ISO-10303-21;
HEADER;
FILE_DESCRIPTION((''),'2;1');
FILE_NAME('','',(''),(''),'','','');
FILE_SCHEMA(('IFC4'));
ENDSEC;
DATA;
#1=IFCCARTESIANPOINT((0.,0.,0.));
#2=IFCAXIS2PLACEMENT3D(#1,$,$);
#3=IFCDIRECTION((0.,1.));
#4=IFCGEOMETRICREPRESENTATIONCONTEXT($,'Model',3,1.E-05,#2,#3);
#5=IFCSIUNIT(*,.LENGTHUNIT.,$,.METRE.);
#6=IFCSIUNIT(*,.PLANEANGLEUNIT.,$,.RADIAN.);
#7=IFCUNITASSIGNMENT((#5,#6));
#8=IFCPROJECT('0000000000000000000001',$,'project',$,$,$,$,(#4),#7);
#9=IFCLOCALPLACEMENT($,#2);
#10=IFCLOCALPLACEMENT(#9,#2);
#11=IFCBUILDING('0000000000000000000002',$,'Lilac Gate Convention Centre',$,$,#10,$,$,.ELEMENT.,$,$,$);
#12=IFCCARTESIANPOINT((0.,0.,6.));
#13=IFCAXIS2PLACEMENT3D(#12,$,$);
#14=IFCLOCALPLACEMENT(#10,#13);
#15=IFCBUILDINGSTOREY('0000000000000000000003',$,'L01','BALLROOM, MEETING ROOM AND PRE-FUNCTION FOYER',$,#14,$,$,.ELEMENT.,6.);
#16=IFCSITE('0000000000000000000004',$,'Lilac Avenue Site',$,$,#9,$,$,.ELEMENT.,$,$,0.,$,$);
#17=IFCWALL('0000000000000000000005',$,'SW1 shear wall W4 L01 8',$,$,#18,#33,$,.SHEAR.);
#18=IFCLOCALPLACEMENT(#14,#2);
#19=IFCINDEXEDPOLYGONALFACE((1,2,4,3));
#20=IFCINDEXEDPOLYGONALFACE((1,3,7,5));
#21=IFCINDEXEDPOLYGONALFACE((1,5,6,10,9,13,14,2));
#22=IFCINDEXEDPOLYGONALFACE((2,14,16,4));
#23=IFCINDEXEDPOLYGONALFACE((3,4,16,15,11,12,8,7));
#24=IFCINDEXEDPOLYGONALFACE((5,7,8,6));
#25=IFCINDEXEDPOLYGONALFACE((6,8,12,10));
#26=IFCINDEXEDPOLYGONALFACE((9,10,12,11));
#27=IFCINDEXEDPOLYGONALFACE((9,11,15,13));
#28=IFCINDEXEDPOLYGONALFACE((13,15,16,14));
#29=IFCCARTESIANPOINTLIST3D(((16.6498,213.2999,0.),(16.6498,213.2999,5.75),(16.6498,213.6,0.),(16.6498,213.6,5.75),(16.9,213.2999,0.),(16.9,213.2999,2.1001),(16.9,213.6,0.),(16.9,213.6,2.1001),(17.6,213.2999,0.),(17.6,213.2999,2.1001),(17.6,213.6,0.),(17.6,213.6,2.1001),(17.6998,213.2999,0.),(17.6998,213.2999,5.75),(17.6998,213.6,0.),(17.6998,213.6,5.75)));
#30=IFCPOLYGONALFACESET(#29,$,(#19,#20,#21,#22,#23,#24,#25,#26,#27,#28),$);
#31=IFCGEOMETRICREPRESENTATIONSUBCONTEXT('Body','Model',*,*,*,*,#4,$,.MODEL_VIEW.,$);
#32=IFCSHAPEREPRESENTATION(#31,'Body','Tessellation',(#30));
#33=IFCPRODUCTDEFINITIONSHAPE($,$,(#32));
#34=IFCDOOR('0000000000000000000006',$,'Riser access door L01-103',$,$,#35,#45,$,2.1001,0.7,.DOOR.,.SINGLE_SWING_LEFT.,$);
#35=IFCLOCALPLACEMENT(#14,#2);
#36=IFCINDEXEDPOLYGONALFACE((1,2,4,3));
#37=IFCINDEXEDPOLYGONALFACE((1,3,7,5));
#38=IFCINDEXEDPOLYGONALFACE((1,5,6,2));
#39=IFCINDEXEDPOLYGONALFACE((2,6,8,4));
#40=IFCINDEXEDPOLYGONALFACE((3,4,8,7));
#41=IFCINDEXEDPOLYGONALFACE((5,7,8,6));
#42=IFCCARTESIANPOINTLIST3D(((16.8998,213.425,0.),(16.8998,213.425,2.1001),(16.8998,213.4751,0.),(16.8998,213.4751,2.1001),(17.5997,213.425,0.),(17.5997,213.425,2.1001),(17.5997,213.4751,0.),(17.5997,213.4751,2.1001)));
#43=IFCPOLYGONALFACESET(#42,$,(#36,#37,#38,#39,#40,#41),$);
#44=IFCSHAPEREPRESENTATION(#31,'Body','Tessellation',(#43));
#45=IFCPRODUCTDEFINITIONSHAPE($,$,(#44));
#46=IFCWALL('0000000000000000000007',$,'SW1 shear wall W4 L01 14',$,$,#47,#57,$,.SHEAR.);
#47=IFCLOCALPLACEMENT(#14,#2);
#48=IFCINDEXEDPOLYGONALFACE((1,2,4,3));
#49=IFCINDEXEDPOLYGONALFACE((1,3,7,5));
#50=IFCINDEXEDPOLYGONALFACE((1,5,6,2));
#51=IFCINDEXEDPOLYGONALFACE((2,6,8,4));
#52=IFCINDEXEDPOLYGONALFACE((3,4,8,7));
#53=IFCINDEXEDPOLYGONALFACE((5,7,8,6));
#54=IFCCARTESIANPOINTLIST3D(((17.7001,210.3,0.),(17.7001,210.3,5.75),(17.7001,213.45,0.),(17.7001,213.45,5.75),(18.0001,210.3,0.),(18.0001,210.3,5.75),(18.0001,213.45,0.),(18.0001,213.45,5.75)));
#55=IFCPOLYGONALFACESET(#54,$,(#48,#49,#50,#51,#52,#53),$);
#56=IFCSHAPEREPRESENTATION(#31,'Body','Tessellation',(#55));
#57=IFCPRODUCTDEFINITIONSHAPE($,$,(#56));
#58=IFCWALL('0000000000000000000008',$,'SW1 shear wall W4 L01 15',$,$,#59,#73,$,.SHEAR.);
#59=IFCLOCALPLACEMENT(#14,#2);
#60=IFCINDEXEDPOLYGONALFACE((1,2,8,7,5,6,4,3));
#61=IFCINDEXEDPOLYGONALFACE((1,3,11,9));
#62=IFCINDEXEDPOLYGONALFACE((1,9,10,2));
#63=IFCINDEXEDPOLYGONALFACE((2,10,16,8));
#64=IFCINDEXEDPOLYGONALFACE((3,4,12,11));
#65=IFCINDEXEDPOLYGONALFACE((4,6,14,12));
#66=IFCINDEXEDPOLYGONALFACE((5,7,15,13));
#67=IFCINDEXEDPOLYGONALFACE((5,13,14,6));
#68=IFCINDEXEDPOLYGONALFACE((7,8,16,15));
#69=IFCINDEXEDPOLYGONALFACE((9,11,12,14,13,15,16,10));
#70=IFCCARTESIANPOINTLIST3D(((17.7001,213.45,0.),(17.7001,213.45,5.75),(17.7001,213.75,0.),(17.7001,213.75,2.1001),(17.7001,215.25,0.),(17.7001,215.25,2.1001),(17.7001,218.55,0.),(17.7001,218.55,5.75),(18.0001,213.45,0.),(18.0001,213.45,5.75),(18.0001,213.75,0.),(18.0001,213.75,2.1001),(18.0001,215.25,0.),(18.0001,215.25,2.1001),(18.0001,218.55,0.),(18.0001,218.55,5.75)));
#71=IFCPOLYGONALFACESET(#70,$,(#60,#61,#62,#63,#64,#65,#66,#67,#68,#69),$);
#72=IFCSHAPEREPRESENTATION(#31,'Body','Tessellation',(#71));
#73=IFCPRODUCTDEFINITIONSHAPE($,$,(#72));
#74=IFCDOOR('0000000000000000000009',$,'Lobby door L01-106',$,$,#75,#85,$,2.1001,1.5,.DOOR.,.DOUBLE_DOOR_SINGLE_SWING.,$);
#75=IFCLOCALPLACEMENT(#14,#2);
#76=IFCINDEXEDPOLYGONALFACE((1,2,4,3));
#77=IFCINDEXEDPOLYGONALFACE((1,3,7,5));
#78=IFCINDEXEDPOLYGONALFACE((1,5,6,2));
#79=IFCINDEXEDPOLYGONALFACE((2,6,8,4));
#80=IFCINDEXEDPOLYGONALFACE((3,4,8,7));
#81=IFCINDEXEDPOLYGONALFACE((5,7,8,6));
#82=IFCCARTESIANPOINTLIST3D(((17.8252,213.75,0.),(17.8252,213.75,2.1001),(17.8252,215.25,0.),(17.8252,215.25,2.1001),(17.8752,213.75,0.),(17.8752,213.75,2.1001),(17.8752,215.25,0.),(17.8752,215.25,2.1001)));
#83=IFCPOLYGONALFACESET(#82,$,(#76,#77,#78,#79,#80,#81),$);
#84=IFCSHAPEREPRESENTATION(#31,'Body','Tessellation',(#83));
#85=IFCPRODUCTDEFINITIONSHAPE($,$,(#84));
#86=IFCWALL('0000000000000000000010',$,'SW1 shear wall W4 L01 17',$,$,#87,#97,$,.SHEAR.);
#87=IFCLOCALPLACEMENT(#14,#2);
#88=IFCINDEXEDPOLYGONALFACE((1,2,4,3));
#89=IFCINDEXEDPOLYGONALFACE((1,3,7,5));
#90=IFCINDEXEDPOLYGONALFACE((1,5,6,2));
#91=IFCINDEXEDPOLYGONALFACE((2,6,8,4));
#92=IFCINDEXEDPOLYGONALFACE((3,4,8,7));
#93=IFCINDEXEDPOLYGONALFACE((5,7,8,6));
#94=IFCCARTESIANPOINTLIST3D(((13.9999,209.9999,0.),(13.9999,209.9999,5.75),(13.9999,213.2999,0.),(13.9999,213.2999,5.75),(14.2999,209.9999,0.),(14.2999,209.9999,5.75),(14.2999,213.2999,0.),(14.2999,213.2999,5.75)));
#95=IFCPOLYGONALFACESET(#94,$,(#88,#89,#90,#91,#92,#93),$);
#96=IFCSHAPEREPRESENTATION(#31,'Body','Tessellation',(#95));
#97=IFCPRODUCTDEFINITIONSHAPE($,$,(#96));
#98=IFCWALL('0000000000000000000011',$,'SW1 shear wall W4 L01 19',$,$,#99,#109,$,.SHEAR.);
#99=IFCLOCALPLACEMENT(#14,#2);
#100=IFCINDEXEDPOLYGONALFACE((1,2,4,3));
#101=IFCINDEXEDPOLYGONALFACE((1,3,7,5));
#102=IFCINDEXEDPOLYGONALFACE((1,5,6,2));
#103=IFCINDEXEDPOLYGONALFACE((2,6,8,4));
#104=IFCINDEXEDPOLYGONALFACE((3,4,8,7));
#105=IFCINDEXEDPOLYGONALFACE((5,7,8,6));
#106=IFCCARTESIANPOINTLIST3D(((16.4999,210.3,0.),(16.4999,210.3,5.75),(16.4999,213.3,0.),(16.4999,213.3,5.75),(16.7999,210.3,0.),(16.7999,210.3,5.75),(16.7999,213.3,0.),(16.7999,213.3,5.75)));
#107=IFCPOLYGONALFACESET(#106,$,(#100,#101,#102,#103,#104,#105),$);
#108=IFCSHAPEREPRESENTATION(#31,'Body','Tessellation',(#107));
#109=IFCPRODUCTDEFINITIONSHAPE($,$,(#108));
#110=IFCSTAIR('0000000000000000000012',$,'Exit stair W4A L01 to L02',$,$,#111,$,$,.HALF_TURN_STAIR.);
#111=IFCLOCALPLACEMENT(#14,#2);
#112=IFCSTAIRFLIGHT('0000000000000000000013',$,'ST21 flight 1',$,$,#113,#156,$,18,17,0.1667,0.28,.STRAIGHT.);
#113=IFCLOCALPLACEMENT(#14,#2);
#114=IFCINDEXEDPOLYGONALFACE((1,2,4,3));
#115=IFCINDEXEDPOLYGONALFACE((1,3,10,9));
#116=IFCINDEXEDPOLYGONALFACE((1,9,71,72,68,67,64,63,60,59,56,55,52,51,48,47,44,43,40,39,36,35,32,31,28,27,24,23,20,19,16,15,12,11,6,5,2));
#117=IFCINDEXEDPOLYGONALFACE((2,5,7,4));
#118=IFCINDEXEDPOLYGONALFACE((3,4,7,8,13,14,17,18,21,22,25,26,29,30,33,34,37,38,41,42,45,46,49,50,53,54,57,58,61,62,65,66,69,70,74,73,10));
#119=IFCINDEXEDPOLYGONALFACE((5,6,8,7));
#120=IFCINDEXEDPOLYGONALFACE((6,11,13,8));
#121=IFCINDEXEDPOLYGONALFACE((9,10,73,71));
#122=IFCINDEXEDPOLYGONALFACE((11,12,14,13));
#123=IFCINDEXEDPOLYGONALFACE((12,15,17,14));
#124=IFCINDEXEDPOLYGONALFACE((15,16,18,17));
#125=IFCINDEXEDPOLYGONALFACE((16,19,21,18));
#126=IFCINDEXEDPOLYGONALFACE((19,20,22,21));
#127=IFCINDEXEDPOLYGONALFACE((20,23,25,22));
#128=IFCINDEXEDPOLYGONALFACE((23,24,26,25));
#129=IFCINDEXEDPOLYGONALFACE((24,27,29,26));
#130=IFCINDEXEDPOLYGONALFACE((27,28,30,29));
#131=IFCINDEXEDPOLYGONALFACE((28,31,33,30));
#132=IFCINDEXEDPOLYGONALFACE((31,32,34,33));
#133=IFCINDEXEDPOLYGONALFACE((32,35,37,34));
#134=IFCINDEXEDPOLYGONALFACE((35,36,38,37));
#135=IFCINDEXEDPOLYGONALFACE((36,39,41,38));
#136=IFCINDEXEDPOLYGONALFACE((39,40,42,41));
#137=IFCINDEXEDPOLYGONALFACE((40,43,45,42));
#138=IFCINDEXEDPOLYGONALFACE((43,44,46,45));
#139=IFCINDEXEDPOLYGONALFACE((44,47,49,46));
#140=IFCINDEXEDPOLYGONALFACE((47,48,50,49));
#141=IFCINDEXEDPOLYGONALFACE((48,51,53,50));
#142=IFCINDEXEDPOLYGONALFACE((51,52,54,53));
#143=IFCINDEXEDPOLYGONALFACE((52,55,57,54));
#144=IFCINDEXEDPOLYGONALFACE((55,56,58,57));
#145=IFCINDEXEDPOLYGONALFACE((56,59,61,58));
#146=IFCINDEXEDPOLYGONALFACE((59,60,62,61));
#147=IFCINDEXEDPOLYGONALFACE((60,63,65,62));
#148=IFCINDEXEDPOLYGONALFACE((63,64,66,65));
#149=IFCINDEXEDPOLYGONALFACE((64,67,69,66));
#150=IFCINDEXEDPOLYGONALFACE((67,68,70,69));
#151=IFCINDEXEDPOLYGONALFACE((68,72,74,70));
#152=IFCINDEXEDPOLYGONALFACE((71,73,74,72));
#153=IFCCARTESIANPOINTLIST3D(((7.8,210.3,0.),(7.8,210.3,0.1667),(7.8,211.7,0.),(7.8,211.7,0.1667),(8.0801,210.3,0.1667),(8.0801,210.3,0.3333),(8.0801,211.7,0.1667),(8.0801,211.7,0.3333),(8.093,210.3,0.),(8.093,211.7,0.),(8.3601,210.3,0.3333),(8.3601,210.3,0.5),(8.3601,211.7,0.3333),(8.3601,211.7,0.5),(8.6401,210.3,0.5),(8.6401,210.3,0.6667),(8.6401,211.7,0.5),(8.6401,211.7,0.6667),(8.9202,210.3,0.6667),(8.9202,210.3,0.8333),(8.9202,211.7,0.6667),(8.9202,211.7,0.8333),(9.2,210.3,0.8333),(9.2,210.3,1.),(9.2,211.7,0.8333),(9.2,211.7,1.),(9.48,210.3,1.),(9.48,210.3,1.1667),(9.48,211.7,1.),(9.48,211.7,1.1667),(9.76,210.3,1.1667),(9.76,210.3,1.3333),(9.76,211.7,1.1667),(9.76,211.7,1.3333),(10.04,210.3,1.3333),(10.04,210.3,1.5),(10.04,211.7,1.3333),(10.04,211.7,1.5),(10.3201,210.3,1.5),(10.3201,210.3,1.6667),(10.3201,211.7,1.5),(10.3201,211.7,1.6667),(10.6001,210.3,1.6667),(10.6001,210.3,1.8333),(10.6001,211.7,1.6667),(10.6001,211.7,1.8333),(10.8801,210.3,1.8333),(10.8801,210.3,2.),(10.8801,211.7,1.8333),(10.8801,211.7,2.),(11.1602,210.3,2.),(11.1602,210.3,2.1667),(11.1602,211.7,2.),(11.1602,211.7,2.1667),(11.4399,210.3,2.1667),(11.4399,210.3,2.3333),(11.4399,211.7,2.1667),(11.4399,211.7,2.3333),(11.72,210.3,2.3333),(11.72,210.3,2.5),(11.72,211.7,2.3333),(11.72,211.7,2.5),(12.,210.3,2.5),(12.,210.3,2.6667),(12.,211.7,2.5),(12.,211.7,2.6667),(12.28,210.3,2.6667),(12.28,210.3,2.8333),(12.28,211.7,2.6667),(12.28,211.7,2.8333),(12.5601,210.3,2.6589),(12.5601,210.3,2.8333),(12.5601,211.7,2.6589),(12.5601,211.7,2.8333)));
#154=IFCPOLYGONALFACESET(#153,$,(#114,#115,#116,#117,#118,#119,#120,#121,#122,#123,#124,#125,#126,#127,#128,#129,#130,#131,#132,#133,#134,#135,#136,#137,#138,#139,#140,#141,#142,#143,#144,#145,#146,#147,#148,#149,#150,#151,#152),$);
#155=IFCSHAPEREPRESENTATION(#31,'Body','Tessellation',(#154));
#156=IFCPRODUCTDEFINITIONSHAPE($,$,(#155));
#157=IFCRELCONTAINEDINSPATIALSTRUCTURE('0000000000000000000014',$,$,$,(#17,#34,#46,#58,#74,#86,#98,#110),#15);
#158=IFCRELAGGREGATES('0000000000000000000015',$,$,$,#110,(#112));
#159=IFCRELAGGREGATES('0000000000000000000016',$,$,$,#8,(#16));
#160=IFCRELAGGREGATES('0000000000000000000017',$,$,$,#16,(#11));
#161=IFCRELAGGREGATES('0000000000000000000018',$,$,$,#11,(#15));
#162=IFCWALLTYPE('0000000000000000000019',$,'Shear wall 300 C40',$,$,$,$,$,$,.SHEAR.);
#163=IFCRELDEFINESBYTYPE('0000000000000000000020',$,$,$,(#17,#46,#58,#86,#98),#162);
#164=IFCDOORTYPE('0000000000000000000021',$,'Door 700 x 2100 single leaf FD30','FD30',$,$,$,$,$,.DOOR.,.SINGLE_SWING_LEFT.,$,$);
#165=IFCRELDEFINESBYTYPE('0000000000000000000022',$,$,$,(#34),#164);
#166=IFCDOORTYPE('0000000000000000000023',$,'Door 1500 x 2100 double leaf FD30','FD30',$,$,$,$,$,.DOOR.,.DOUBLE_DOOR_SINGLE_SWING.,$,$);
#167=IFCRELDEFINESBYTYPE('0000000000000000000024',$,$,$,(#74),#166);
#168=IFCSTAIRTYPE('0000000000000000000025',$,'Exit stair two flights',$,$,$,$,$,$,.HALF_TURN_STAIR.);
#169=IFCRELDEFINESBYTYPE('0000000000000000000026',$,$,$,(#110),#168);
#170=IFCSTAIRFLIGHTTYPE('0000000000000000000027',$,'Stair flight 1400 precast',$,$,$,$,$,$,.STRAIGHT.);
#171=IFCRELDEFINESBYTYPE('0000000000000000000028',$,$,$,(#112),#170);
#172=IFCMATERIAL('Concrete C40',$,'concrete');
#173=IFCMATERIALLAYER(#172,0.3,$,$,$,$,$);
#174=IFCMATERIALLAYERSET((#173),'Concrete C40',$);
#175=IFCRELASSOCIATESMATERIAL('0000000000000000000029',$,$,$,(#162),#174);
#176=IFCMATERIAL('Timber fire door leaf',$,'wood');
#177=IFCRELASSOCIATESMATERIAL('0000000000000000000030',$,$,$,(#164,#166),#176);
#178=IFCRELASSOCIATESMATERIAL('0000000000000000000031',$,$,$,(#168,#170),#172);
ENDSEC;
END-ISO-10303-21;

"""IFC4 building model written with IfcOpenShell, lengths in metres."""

from ifc_helpers import new_model, si_unit, direction, frame, frame_2d, origin, place, context, subcontext, project, spatial, polyline, rectangle, outline, extrude, material, layer, layer_set, type_object, element, fill, aggregate, save


model = new_model("IFC4")

# Units and contexts
model_context = context("Model", 3, precision=1e-05, world=origin(), true_north=direction((0.0, 1.0)))
body_context = subcontext(model_context, "Body", "Model", "MODEL_VIEW")
ifc_project = project(units=[si_unit("LENGTHUNIT", "METRE"), si_unit("PLANEANGLEUNIT", "RADIAN")], contexts=[model_context])

# Site, building, storey
site_placement = place(None, origin())
site = spatial("IfcSite", under=ifc_project, at=site_placement, Name="Lilac Avenue Site", CompositionType="ELEMENT", RefElevation=0.0)
building_placement = place(site_placement, origin())
building = spatial("IfcBuilding", under=site, at=building_placement, Name="Lilac Gate Convention Centre", CompositionType="ELEMENT")
storey_placement = place(building_placement, frame((0.0, 0.0, 6.0)))
storey = spatial("IfcBuildingStorey", under=building, at=storey_placement, Name="L01", Description="BALLROOM, MEETING ROOM AND PRE-FUNCTION FOYER", CompositionType="ELEMENT", Elevation=6.0)

# Shared definitions
ifc_material_1 = material(Name="Timber fire door leaf", Category="wood")

# Shared definitions
ifc_material_2 = material(Name="Concrete C40", Category="concrete")
ifc_layer_1 = layer(ifc_material_2, 0.3)
ifc_layer_set_1 = layer_set([ifc_layer_1], Name="Concrete C40")
wall_type_1 = type_object("IfcWallType", Name="Shear wall 300 C40", PredefinedType="SHEAR", material=ifc_layer_set_1)

# Wall, opening, door
wall_1_placement = place(storey_placement, frame((16.6499, 213.45, 0.0), z_axis=(0.0, 0.0, 1.0), x_axis=(1.0, 0.0, 0.0)))
wall_1 = element("IfcWall", 1, at=wall_1_placement, inside=storey, type_object=wall_type_1, Name="SW1 shear wall W4 L01 8", PredefinedType="SHEAR", context=body_context, shape_type="SweptSolid", body=[
    extrude(rectangle(XDim=1.05, YDim=0.3, at=frame_2d((0.5249, 0.0))), origin(), (0.0, 0.0, 1.0), 5.75),
])
opening_1_placement = place(wall_1_placement, frame((0.25, 0.0, 0.0)))
opening_1 = element("IfcOpeningElement", 2, at=opening_1_placement, cuts=wall_1, PredefinedType="OPENING", context=body_context, shape_type="SweptSolid", body=[
    extrude(rectangle(XDim=0.7, YDim=2.1001, at=frame_2d((0.3501, 1.05))), frame((0.0, 0.1599, 0.0), z_axis=(0.0, -1.0, 0.0), x_axis=(1.0, 0.0, 0.0)), (0.0, 0.0, 1.0), 0.3201),
])
door_type_1 = type_object("IfcDoorType", Name="Door 700 x 2100 single leaf FD30", Description="FD30", OperationType="SINGLE_SWING_LEFT", PredefinedType="DOOR", material=ifc_material_1)
door_1_placement = place(opening_1_placement, frame((0.7, 0.0, 0.0), z_axis=(0.0, 0.0, 1.0), x_axis=(-1.0, 0.0, 0.0)))
door_1 = element("IfcDoor", 3, at=door_1_placement, inside=storey, type_object=door_type_1, Name="Riser access door L01-103", OperationType="SINGLE_SWING_LEFT", OverallHeight=2.1001, OverallWidth=0.7, PredefinedType="DOOR", context=body_context, shape_type="SweptSolid", body=[
    extrude(rectangle(XDim=0.7, YDim=2.1001, at=frame_2d((0.3501, 1.05))), frame((0.0, 0.0249, 0.0), z_axis=(0.0, -1.0, 0.0), x_axis=(1.0, 0.0, 0.0)), (0.0, 0.0, 1.0), 0.05),
])
fill(opening_1, door_1)

# Wall
wall_2_placement = place(storey_placement, frame((17.8501, 210.3, 0.0), z_axis=(0.0, 0.0, 1.0), x_axis=(0.0, 1.0, 0.0)))
element("IfcWall", 4, at=wall_2_placement, inside=storey, type_object=wall_type_1, Name="SW1 shear wall W4 L01 14", PredefinedType="SHEAR", context=body_context, shape_type="SweptSolid", body=[
    extrude(rectangle(XDim=3.1499, YDim=0.3, at=frame_2d((1.575, 0.0))), origin(), (0.0, 0.0, 1.0), 5.75),
])

# Wall, opening, door
wall_3_placement = place(storey_placement, frame((17.8501, 213.45, 0.0), z_axis=(0.0, 0.0, 1.0), x_axis=(0.0, 1.0, 0.0)))
wall_3 = element("IfcWall", 5, at=wall_3_placement, inside=storey, type_object=wall_type_1, Name="SW1 shear wall W4 L01 15", PredefinedType="SHEAR", context=body_context, shape_type="SweptSolid", body=[
    extrude(rectangle(XDim=5.1001, YDim=0.3, at=frame_2d((2.55, 0.0))), origin(), (0.0, 0.0, 1.0), 5.75),
])
opening_2_placement = place(wall_3_placement, frame((0.3, 0.0, 0.0)))
opening_2 = element("IfcOpeningElement", 6, at=opening_2_placement, cuts=wall_3, PredefinedType="OPENING", context=body_context, shape_type="SweptSolid", body=[
    extrude(rectangle(XDim=1.5, YDim=2.1001, at=frame_2d((0.75, 1.05))), frame((0.0, 0.1599, 0.0), z_axis=(0.0, -1.0, 0.0), x_axis=(1.0, 0.0, 0.0)), (0.0, 0.0, 1.0), 0.3201),
])
door_type_2 = type_object("IfcDoorType", Name="Door 1500 x 2100 double leaf FD30", Description="FD30", OperationType="DOUBLE_DOOR_SINGLE_SWING", PredefinedType="DOOR", material=ifc_material_1)
door_2_placement = place(opening_2_placement, origin())
door_2 = element("IfcDoor", 7, at=door_2_placement, inside=storey, type_object=door_type_2, Name="Lobby door L01-106", OperationType="DOUBLE_DOOR_SINGLE_SWING", OverallHeight=2.1001, OverallWidth=1.5, PredefinedType="DOOR", context=body_context, shape_type="SweptSolid", body=[
    extrude(rectangle(XDim=1.5, YDim=2.1001, at=frame_2d((0.75, 1.05))), frame((0.0, 0.0249, 0.0), z_axis=(0.0, -1.0, 0.0), x_axis=(1.0, 0.0, 0.0)), (0.0, 0.0, 1.0), 0.05),
])
fill(opening_2, door_2)

# Walls
wall_4_placement = place(storey_placement, frame((14.1499, 210.0, 0.0), z_axis=(0.0, 0.0, 1.0), x_axis=(0.0, 1.0, 0.0)))
element("IfcWall", 8, at=wall_4_placement, inside=storey, type_object=wall_type_1, Name="SW1 shear wall W4 L01 17", PredefinedType="SHEAR", context=body_context, shape_type="SweptSolid", body=[
    extrude(rectangle(XDim=3.3, YDim=0.3, at=frame_2d((1.6499, 0.0))), origin(), (0.0, 0.0, 1.0), 5.75),
])
wall_5_placement = place(storey_placement, frame((16.6499, 210.3, 0.0), z_axis=(0.0, 0.0, 1.0), x_axis=(0.0, 1.0, 0.0)))
element("IfcWall", 9, at=wall_5_placement, inside=storey, type_object=wall_type_1, Name="SW1 shear wall W4 L01 19", PredefinedType="SHEAR", context=body_context, shape_type="SweptSolid", body=[
    extrude(rectangle(XDim=3.0, YDim=0.3, at=frame_2d((1.5, 0.0))), origin(), (0.0, 0.0, 1.0), 5.75),
])

# Stair, stair flight
stair_type = type_object("IfcStairType", Name="Exit stair two flights", PredefinedType="HALF_TURN_STAIR", material=ifc_material_2)
stair_placement = place(storey_placement, origin())
stair = element("IfcStair", 10, at=stair_placement, inside=storey, type_object=stair_type, Name="Exit stair W4A L01 to L02", PredefinedType="HALF_TURN_STAIR")
stair_flight_type = type_object("IfcStairFlightType", Name="Stair flight 1400 precast", PredefinedType="STRAIGHT", material=ifc_material_2)
stair_flight_1_placement = place(storey_placement, frame((7.8, 211.0, 0.0), z_axis=(0.0, 0.0, 1.0), x_axis=(1.0, 0.0, 0.0)))
stair_flight_1 = element("IfcStairFlight", 11, at=stair_flight_1_placement, type_object=stair_flight_type, Name="ST21 flight 1", NumberOfRisers=18, NumberOfTreads=17, PredefinedType="STRAIGHT", RiserHeight=0.1667, TreadLength=0.28, context=body_context, shape_type="SweptSolid", body=[
    extrude(outline(polyline([(0.0, 0.0), (0.0, 0.1667), (0.28, 0.1667), (0.28, 0.3333), (0.5601, 0.3333), (0.5601, 0.5), (0.8401, 0.5), (0.8401, 0.6667), (1.1201, 0.6667), (1.1201, 0.8333), (1.3999, 0.8333), (1.3999, 1.0), (1.6799, 1.0), (1.6799, 1.1667), (1.96, 1.1667), (1.96, 1.3333), (2.24, 1.3333), (2.24, 1.5), (2.52, 1.5), (2.52, 1.6667), (2.8, 1.6667), (2.8, 1.8333), (3.0801, 1.8333), (3.0801, 2.0), (3.3601, 2.0), (3.3601, 2.1667), (3.6399, 2.1667), (3.6399, 2.3333), (3.9199, 2.3333), (3.9199, 2.5), (4.2, 2.5), (4.2, 2.6667), (4.48, 2.6667), (4.48, 2.8333), (4.76, 2.8333), (4.76, 3.0), (4.76, 2.6589), (0.293, 0.0), (0.0, 0.0)])), frame((0.0, 0.7, 0.0), z_axis=(0.0, -1.0, 0.0), x_axis=(1.0, 0.0, 0.0)), (0.0, 0.0, 1.0), 1.3999),
])
aggregate(stair, [stair_flight_1])

save(model, "model.ifc")
